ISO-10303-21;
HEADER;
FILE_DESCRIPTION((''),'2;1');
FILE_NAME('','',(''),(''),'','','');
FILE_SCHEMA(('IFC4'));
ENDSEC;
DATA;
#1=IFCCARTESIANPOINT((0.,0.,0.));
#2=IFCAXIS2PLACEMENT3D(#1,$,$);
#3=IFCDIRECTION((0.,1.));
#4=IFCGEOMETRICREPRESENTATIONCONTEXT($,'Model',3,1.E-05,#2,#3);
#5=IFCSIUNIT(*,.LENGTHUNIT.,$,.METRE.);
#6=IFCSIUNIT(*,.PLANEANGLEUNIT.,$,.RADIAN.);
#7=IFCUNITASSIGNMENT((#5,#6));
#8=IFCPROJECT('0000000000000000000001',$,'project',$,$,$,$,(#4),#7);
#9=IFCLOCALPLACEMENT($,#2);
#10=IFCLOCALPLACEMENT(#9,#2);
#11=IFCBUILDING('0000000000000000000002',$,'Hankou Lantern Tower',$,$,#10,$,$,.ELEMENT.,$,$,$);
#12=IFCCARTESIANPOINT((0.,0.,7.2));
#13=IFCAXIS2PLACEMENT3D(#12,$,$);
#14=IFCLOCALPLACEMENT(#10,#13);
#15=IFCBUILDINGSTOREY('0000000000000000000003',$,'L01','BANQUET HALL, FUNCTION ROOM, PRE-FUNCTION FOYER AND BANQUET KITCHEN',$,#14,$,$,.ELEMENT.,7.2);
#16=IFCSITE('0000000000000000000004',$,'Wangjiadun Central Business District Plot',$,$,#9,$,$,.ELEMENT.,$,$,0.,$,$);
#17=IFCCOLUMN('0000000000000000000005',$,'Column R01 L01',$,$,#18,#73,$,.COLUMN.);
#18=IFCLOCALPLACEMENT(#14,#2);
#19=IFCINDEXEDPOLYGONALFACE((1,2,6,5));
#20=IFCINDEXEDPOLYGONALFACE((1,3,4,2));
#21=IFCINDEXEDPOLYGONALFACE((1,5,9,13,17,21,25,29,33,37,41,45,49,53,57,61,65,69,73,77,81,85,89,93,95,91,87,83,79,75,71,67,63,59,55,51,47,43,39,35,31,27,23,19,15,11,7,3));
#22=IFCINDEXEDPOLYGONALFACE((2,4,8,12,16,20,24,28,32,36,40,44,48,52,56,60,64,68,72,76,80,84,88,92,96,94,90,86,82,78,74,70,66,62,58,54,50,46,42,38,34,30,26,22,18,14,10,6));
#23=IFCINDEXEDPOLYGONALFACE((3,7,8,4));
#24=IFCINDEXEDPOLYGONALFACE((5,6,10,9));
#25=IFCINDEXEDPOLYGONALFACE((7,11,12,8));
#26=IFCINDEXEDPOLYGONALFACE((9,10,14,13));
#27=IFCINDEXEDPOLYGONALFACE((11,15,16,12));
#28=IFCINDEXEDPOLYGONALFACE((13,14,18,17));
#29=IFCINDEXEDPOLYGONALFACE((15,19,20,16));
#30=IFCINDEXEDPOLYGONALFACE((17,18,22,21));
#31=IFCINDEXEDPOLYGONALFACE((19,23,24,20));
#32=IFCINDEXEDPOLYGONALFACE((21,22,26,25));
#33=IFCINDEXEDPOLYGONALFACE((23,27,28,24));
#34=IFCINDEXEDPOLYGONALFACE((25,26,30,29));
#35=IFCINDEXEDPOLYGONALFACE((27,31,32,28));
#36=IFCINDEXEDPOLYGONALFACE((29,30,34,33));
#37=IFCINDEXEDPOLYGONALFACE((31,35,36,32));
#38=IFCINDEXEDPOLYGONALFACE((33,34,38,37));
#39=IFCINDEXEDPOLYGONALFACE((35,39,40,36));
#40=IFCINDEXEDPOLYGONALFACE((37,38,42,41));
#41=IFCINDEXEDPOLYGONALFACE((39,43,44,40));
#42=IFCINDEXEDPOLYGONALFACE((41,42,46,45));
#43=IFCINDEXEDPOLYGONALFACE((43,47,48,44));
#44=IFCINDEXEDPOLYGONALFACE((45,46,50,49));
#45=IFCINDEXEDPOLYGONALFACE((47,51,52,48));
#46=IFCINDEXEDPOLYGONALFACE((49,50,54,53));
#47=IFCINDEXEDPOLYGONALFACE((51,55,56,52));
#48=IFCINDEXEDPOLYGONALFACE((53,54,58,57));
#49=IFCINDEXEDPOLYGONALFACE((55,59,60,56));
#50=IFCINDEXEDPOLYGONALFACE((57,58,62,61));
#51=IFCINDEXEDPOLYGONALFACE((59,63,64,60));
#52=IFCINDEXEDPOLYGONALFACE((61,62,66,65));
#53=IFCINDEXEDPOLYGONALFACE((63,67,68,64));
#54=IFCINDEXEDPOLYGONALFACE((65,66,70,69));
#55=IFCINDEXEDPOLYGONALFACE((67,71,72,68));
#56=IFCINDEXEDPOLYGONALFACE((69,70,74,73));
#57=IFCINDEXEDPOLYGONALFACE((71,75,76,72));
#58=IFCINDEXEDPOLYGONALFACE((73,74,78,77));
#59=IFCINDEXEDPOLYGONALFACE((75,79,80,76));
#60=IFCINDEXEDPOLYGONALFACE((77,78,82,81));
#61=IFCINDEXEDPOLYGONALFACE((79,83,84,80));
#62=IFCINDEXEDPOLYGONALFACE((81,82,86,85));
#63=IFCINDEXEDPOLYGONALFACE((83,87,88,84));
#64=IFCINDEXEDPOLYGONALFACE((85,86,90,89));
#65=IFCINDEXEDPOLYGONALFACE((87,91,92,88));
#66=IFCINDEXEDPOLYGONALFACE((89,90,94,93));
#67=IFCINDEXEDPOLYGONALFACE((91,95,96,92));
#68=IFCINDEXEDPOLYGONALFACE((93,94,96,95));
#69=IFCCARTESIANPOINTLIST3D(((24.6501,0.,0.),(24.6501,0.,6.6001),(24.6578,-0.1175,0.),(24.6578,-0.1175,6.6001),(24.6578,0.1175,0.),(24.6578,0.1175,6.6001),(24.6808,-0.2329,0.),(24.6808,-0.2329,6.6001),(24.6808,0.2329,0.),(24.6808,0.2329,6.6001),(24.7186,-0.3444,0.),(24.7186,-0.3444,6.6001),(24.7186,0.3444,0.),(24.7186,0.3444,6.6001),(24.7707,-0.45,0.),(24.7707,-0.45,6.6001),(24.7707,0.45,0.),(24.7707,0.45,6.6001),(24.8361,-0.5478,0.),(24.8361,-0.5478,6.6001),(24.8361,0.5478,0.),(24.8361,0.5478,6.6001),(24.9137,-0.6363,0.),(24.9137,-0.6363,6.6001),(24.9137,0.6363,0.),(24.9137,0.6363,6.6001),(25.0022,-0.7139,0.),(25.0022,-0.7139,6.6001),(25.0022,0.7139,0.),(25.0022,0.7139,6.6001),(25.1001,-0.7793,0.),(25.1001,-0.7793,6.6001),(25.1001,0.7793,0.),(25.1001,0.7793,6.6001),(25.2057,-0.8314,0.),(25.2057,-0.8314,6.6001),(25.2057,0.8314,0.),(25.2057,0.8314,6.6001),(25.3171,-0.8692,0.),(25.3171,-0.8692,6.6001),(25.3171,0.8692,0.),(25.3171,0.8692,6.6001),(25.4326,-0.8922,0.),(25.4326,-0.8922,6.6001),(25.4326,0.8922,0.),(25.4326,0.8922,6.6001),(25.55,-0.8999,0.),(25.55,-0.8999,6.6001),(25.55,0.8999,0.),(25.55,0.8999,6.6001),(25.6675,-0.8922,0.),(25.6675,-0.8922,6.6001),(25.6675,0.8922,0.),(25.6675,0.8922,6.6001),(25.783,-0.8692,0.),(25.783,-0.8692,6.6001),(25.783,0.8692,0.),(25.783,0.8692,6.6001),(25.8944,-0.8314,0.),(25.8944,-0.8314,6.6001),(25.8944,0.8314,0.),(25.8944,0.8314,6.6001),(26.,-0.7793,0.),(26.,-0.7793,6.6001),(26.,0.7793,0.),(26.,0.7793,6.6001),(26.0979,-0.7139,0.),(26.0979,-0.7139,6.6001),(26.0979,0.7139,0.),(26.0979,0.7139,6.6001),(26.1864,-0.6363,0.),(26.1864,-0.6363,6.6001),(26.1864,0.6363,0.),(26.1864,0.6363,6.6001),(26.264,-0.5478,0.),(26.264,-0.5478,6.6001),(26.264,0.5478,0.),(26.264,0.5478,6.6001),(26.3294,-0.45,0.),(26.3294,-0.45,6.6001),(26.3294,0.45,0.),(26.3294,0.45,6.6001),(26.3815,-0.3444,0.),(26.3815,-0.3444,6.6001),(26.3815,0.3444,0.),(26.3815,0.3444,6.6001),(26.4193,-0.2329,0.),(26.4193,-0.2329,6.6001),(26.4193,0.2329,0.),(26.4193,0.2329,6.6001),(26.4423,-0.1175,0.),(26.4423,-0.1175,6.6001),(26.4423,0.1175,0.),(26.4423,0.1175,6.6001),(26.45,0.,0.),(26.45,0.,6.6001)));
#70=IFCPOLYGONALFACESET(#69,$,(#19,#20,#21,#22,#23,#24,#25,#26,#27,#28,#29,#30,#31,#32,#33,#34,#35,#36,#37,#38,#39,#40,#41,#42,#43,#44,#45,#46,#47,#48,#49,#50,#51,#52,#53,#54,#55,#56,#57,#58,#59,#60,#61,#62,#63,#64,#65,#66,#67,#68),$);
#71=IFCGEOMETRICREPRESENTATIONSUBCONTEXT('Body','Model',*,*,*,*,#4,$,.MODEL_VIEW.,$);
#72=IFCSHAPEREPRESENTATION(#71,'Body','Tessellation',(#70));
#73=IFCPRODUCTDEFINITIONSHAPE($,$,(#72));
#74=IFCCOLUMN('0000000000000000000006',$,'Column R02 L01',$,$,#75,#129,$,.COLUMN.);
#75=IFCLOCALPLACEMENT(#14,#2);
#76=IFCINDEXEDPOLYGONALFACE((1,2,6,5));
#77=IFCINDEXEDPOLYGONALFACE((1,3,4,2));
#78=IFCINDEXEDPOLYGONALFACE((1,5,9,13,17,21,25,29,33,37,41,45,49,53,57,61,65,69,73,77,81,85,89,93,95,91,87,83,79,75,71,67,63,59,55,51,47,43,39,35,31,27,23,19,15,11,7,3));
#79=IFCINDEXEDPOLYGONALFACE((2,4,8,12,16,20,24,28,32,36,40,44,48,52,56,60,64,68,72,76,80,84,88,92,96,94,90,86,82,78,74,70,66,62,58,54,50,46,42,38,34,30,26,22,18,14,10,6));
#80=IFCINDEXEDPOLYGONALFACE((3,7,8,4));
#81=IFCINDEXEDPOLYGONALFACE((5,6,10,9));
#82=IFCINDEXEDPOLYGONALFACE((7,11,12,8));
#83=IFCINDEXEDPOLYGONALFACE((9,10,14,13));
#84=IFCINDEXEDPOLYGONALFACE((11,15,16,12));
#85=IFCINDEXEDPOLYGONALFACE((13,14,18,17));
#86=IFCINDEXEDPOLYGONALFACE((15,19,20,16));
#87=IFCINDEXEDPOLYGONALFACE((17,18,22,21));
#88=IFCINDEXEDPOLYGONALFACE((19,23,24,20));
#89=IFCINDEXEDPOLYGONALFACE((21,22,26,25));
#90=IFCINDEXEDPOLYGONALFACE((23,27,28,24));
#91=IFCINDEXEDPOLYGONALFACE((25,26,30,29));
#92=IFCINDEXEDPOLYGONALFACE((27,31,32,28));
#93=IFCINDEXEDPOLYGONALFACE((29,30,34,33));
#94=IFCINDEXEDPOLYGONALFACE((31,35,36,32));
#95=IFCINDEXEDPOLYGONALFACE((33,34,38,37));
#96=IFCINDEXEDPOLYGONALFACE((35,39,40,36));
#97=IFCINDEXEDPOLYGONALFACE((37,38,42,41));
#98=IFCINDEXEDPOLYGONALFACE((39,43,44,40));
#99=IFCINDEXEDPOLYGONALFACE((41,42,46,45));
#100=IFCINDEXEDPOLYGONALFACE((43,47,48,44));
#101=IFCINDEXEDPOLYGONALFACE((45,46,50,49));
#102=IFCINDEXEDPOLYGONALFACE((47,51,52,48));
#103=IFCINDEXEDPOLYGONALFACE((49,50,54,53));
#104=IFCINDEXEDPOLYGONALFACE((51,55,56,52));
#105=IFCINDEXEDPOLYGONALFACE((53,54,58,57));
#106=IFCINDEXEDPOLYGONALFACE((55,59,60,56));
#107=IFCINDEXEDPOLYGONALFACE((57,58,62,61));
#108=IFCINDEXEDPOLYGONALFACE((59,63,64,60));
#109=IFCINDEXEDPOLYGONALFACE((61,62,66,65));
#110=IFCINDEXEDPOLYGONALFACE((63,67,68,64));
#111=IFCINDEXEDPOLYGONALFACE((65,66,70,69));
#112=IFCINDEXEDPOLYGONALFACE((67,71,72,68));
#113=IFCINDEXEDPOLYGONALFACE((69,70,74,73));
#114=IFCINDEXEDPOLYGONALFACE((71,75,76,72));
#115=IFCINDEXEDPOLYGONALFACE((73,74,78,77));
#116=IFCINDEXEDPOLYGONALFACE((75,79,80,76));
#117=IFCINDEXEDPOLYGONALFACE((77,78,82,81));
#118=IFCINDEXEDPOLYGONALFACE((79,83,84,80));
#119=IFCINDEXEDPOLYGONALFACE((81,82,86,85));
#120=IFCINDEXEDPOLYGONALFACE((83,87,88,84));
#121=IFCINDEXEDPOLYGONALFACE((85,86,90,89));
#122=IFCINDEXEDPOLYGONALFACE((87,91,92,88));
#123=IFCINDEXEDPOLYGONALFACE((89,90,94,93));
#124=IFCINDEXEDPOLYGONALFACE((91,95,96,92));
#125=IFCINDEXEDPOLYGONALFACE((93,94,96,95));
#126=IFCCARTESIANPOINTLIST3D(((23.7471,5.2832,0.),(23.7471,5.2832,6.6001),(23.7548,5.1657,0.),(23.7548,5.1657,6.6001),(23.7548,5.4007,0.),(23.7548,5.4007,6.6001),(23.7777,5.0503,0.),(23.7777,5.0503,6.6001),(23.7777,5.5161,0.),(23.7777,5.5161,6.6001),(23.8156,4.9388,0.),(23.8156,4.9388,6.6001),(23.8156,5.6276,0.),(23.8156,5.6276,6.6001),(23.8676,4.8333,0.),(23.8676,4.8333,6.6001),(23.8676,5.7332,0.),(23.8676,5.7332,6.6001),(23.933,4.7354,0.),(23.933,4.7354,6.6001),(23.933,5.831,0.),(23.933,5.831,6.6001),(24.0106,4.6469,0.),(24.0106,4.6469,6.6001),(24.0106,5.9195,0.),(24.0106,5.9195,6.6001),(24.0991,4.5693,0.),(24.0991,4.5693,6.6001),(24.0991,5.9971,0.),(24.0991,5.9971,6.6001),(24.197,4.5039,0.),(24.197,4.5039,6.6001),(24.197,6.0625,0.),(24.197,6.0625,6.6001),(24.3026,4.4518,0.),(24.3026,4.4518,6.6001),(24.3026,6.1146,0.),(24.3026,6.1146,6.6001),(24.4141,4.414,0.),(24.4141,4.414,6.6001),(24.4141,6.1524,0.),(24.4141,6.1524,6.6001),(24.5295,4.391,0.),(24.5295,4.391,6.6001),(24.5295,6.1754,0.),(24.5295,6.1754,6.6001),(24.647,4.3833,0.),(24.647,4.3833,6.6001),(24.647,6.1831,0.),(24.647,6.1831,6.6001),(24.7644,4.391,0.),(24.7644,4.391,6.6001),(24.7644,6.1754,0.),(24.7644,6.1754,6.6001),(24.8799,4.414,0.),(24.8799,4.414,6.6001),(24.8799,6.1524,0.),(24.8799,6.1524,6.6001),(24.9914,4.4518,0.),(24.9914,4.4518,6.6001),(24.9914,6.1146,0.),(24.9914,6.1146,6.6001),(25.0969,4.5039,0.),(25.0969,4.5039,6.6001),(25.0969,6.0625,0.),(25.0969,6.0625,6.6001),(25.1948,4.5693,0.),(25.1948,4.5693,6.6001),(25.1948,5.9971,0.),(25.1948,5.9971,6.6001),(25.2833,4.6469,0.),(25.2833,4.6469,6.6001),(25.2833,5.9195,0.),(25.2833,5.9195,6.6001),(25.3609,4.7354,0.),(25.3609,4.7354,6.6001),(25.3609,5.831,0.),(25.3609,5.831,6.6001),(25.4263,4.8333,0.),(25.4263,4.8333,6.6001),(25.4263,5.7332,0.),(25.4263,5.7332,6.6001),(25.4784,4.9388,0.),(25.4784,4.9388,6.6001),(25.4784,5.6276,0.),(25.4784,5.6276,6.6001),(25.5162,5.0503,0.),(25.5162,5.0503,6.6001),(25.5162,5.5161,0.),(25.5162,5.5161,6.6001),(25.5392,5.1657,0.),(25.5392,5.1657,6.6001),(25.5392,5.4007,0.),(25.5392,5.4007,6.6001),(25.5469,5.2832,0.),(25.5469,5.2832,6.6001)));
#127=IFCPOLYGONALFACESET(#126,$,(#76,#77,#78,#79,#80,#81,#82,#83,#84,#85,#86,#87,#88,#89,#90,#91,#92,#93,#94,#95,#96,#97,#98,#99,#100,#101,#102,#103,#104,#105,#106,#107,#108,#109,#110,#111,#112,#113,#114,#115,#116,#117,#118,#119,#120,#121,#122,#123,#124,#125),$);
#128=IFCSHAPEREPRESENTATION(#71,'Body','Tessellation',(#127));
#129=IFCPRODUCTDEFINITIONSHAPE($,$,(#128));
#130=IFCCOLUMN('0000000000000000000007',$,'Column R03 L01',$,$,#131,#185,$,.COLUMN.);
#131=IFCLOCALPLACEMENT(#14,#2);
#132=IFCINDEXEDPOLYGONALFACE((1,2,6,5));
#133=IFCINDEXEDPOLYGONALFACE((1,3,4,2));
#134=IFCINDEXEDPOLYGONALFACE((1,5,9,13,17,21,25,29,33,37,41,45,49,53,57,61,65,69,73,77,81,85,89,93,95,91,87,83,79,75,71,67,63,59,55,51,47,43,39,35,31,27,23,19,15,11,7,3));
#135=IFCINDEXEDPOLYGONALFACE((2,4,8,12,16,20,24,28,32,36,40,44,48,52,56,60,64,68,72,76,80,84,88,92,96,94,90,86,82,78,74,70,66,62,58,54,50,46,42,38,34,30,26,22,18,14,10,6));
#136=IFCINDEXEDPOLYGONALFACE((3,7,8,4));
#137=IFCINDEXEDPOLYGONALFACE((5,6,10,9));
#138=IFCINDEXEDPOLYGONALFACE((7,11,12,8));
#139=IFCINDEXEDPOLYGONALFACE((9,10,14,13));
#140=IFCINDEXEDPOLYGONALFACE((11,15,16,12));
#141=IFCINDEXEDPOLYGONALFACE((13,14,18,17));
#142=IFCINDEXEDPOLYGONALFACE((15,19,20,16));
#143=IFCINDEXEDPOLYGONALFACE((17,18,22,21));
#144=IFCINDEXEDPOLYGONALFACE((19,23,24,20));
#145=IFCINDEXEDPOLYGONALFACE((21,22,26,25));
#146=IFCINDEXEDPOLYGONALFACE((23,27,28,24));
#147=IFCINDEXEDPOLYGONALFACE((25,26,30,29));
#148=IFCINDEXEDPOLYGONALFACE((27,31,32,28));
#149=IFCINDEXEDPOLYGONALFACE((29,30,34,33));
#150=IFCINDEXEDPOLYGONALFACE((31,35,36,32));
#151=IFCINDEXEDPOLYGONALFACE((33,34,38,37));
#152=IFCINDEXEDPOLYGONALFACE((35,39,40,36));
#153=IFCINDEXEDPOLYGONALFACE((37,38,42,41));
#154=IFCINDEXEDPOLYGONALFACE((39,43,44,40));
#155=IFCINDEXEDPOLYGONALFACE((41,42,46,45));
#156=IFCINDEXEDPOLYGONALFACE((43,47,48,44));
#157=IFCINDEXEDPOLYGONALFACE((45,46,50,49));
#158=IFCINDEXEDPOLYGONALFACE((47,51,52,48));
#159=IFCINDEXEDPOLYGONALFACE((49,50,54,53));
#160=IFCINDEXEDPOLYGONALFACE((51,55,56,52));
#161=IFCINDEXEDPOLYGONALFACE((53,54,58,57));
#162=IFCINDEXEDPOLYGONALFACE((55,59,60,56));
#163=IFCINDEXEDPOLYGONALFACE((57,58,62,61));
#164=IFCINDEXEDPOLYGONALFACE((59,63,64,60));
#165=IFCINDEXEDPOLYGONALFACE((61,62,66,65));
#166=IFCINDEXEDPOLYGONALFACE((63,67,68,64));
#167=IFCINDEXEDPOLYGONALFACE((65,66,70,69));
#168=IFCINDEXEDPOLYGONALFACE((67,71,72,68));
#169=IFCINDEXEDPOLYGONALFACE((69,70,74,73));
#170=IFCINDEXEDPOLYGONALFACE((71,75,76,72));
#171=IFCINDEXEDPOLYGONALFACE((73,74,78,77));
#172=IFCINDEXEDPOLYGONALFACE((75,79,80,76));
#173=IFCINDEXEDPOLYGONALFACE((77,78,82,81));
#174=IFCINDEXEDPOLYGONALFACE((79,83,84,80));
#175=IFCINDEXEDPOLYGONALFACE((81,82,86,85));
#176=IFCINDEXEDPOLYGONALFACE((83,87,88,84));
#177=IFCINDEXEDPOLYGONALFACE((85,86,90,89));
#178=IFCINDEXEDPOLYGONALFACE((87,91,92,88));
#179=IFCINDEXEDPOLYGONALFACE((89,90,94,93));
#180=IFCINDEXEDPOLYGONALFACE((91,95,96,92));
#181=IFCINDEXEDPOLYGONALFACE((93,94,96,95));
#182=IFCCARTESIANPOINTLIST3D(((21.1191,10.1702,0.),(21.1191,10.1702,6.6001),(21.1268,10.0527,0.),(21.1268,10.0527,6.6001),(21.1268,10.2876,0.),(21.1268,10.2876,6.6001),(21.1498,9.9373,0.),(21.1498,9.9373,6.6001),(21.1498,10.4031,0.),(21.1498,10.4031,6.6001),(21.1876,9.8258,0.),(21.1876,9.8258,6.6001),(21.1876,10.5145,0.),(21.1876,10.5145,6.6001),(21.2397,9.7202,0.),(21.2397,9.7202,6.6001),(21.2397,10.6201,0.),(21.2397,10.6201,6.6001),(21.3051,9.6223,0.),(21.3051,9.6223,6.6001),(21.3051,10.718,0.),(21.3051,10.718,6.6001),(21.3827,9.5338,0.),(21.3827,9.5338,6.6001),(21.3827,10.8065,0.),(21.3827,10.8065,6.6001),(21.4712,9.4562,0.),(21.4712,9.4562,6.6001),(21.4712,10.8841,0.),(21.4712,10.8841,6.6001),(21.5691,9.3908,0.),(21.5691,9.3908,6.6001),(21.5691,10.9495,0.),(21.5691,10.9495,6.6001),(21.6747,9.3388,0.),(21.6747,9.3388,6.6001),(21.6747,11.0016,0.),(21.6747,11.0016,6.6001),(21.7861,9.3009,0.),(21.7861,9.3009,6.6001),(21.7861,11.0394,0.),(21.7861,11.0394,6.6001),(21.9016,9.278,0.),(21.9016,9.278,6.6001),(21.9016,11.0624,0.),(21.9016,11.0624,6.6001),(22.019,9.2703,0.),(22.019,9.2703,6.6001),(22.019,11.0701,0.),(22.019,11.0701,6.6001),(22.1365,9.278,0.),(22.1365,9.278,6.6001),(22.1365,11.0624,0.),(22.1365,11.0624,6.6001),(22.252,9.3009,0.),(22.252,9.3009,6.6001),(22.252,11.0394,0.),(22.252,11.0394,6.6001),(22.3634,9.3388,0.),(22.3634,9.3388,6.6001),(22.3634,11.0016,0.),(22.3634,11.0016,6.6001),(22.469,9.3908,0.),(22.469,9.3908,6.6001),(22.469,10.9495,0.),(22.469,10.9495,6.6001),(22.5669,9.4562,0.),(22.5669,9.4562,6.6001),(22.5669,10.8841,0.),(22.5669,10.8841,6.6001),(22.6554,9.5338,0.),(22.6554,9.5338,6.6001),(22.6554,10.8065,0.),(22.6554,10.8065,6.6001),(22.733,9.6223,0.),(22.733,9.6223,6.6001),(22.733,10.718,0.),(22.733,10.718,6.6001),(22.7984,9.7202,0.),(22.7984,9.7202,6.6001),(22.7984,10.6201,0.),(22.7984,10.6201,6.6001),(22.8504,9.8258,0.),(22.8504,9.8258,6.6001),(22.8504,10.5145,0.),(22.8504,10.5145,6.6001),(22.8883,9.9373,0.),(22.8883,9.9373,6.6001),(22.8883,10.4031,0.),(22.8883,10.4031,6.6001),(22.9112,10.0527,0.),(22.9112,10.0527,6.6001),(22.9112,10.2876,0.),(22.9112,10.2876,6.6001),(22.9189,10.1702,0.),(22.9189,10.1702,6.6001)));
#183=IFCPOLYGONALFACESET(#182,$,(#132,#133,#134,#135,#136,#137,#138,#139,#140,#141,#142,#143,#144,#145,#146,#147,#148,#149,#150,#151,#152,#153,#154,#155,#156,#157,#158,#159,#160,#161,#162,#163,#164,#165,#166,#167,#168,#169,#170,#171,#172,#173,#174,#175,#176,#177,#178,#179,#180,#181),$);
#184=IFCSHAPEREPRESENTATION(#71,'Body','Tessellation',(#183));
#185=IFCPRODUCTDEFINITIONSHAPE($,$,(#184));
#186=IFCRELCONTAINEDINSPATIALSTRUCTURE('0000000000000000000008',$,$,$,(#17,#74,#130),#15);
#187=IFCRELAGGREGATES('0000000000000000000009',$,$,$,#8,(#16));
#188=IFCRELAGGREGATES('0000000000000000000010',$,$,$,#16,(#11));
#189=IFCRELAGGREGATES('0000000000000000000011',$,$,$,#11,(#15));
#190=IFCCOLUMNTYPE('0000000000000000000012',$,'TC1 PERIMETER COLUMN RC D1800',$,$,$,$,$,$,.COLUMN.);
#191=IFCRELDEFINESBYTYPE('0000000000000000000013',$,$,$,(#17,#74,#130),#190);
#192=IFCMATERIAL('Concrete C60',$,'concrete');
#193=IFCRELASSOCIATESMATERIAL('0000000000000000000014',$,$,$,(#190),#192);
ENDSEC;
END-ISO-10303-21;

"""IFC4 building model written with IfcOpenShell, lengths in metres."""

from ifc_helpers import new_model, si_unit, direction, frame, origin, origin_2d, place, context, subcontext, project, spatial, circle, extrude, material, material_profile, profile_set, type_object, element, save


model = new_model("IFC4")

# Units and contexts
model_context = context("Model", 3, precision=1e-05, world=origin(), true_north=direction((0.0, 1.0)))
body_context = subcontext(model_context, "Body", "Model", "MODEL_VIEW")
ifc_project = project(units=[si_unit("LENGTHUNIT", "METRE"), si_unit("PLANEANGLEUNIT", "RADIAN")], contexts=[model_context])

# Site, building, storey
site_placement = place(None, origin())
site = spatial("IfcSite", under=ifc_project, at=site_placement, Name="Wangjiadun Central Business District Plot", CompositionType="ELEMENT", RefElevation=0.0)
building_placement = place(site_placement, origin())
building = spatial("IfcBuilding", under=site, at=building_placement, Name="Hankou Lantern Tower", CompositionType="ELEMENT")
storey_placement = place(building_placement, frame((0.0, 0.0, 7.2)))
storey = spatial("IfcBuildingStorey", under=building, at=storey_placement, Name="L01", Description="BANQUET HALL, FUNCTION ROOM, PRE-FUNCTION FOYER AND BANQUET KITCHEN", CompositionType="ELEMENT", Elevation=7.2)

# Columns
ifc_material_1 = material(Name="Concrete C60", Category="concrete")
ifc_material_profile_1 = material_profile(ifc_material_1, circle(Radius=0.8999, at=origin_2d()), Name="RC D1800")
ifc_profile_set_1 = profile_set([ifc_material_profile_1], Name="Concrete C60")
column_type = type_object("IfcColumnType", Name="TC1 PERIMETER COLUMN RC D1800", PredefinedType="COLUMN", material=ifc_profile_set_1)
for number, where, z_axis, x_axis, name in (
    (1, (25.55, 0.0, 0.0), (0.0, 0.0, 1.0), (1.0, 0.0, 0.0), "Column R01 L01"),
    (2, (24.647, 5.2832, 0.0), (0.0, 0.0, 1.0), (1.0, 0.0, 0.0), "Column R02 L01"),
    (3, (22.019, 10.1702, 0.0), (0.0, 0.0, 1.0), (1.0, 0.0, 0.0), "Column R03 L01"),
):
    element("IfcColumn", number, at=place(storey_placement, frame(where, z_axis=z_axis, x_axis=x_axis)), inside=storey, type_object=column_type, Name=name, PredefinedType="COLUMN", context=body_context, shape_type="SweptSolid", body=[
        extrude(circle(Radius=0.8999, at=origin_2d()), origin(), (0.0, 0.0, 1.0), 6.6001),
    ])

save(model, "model.ifc")
